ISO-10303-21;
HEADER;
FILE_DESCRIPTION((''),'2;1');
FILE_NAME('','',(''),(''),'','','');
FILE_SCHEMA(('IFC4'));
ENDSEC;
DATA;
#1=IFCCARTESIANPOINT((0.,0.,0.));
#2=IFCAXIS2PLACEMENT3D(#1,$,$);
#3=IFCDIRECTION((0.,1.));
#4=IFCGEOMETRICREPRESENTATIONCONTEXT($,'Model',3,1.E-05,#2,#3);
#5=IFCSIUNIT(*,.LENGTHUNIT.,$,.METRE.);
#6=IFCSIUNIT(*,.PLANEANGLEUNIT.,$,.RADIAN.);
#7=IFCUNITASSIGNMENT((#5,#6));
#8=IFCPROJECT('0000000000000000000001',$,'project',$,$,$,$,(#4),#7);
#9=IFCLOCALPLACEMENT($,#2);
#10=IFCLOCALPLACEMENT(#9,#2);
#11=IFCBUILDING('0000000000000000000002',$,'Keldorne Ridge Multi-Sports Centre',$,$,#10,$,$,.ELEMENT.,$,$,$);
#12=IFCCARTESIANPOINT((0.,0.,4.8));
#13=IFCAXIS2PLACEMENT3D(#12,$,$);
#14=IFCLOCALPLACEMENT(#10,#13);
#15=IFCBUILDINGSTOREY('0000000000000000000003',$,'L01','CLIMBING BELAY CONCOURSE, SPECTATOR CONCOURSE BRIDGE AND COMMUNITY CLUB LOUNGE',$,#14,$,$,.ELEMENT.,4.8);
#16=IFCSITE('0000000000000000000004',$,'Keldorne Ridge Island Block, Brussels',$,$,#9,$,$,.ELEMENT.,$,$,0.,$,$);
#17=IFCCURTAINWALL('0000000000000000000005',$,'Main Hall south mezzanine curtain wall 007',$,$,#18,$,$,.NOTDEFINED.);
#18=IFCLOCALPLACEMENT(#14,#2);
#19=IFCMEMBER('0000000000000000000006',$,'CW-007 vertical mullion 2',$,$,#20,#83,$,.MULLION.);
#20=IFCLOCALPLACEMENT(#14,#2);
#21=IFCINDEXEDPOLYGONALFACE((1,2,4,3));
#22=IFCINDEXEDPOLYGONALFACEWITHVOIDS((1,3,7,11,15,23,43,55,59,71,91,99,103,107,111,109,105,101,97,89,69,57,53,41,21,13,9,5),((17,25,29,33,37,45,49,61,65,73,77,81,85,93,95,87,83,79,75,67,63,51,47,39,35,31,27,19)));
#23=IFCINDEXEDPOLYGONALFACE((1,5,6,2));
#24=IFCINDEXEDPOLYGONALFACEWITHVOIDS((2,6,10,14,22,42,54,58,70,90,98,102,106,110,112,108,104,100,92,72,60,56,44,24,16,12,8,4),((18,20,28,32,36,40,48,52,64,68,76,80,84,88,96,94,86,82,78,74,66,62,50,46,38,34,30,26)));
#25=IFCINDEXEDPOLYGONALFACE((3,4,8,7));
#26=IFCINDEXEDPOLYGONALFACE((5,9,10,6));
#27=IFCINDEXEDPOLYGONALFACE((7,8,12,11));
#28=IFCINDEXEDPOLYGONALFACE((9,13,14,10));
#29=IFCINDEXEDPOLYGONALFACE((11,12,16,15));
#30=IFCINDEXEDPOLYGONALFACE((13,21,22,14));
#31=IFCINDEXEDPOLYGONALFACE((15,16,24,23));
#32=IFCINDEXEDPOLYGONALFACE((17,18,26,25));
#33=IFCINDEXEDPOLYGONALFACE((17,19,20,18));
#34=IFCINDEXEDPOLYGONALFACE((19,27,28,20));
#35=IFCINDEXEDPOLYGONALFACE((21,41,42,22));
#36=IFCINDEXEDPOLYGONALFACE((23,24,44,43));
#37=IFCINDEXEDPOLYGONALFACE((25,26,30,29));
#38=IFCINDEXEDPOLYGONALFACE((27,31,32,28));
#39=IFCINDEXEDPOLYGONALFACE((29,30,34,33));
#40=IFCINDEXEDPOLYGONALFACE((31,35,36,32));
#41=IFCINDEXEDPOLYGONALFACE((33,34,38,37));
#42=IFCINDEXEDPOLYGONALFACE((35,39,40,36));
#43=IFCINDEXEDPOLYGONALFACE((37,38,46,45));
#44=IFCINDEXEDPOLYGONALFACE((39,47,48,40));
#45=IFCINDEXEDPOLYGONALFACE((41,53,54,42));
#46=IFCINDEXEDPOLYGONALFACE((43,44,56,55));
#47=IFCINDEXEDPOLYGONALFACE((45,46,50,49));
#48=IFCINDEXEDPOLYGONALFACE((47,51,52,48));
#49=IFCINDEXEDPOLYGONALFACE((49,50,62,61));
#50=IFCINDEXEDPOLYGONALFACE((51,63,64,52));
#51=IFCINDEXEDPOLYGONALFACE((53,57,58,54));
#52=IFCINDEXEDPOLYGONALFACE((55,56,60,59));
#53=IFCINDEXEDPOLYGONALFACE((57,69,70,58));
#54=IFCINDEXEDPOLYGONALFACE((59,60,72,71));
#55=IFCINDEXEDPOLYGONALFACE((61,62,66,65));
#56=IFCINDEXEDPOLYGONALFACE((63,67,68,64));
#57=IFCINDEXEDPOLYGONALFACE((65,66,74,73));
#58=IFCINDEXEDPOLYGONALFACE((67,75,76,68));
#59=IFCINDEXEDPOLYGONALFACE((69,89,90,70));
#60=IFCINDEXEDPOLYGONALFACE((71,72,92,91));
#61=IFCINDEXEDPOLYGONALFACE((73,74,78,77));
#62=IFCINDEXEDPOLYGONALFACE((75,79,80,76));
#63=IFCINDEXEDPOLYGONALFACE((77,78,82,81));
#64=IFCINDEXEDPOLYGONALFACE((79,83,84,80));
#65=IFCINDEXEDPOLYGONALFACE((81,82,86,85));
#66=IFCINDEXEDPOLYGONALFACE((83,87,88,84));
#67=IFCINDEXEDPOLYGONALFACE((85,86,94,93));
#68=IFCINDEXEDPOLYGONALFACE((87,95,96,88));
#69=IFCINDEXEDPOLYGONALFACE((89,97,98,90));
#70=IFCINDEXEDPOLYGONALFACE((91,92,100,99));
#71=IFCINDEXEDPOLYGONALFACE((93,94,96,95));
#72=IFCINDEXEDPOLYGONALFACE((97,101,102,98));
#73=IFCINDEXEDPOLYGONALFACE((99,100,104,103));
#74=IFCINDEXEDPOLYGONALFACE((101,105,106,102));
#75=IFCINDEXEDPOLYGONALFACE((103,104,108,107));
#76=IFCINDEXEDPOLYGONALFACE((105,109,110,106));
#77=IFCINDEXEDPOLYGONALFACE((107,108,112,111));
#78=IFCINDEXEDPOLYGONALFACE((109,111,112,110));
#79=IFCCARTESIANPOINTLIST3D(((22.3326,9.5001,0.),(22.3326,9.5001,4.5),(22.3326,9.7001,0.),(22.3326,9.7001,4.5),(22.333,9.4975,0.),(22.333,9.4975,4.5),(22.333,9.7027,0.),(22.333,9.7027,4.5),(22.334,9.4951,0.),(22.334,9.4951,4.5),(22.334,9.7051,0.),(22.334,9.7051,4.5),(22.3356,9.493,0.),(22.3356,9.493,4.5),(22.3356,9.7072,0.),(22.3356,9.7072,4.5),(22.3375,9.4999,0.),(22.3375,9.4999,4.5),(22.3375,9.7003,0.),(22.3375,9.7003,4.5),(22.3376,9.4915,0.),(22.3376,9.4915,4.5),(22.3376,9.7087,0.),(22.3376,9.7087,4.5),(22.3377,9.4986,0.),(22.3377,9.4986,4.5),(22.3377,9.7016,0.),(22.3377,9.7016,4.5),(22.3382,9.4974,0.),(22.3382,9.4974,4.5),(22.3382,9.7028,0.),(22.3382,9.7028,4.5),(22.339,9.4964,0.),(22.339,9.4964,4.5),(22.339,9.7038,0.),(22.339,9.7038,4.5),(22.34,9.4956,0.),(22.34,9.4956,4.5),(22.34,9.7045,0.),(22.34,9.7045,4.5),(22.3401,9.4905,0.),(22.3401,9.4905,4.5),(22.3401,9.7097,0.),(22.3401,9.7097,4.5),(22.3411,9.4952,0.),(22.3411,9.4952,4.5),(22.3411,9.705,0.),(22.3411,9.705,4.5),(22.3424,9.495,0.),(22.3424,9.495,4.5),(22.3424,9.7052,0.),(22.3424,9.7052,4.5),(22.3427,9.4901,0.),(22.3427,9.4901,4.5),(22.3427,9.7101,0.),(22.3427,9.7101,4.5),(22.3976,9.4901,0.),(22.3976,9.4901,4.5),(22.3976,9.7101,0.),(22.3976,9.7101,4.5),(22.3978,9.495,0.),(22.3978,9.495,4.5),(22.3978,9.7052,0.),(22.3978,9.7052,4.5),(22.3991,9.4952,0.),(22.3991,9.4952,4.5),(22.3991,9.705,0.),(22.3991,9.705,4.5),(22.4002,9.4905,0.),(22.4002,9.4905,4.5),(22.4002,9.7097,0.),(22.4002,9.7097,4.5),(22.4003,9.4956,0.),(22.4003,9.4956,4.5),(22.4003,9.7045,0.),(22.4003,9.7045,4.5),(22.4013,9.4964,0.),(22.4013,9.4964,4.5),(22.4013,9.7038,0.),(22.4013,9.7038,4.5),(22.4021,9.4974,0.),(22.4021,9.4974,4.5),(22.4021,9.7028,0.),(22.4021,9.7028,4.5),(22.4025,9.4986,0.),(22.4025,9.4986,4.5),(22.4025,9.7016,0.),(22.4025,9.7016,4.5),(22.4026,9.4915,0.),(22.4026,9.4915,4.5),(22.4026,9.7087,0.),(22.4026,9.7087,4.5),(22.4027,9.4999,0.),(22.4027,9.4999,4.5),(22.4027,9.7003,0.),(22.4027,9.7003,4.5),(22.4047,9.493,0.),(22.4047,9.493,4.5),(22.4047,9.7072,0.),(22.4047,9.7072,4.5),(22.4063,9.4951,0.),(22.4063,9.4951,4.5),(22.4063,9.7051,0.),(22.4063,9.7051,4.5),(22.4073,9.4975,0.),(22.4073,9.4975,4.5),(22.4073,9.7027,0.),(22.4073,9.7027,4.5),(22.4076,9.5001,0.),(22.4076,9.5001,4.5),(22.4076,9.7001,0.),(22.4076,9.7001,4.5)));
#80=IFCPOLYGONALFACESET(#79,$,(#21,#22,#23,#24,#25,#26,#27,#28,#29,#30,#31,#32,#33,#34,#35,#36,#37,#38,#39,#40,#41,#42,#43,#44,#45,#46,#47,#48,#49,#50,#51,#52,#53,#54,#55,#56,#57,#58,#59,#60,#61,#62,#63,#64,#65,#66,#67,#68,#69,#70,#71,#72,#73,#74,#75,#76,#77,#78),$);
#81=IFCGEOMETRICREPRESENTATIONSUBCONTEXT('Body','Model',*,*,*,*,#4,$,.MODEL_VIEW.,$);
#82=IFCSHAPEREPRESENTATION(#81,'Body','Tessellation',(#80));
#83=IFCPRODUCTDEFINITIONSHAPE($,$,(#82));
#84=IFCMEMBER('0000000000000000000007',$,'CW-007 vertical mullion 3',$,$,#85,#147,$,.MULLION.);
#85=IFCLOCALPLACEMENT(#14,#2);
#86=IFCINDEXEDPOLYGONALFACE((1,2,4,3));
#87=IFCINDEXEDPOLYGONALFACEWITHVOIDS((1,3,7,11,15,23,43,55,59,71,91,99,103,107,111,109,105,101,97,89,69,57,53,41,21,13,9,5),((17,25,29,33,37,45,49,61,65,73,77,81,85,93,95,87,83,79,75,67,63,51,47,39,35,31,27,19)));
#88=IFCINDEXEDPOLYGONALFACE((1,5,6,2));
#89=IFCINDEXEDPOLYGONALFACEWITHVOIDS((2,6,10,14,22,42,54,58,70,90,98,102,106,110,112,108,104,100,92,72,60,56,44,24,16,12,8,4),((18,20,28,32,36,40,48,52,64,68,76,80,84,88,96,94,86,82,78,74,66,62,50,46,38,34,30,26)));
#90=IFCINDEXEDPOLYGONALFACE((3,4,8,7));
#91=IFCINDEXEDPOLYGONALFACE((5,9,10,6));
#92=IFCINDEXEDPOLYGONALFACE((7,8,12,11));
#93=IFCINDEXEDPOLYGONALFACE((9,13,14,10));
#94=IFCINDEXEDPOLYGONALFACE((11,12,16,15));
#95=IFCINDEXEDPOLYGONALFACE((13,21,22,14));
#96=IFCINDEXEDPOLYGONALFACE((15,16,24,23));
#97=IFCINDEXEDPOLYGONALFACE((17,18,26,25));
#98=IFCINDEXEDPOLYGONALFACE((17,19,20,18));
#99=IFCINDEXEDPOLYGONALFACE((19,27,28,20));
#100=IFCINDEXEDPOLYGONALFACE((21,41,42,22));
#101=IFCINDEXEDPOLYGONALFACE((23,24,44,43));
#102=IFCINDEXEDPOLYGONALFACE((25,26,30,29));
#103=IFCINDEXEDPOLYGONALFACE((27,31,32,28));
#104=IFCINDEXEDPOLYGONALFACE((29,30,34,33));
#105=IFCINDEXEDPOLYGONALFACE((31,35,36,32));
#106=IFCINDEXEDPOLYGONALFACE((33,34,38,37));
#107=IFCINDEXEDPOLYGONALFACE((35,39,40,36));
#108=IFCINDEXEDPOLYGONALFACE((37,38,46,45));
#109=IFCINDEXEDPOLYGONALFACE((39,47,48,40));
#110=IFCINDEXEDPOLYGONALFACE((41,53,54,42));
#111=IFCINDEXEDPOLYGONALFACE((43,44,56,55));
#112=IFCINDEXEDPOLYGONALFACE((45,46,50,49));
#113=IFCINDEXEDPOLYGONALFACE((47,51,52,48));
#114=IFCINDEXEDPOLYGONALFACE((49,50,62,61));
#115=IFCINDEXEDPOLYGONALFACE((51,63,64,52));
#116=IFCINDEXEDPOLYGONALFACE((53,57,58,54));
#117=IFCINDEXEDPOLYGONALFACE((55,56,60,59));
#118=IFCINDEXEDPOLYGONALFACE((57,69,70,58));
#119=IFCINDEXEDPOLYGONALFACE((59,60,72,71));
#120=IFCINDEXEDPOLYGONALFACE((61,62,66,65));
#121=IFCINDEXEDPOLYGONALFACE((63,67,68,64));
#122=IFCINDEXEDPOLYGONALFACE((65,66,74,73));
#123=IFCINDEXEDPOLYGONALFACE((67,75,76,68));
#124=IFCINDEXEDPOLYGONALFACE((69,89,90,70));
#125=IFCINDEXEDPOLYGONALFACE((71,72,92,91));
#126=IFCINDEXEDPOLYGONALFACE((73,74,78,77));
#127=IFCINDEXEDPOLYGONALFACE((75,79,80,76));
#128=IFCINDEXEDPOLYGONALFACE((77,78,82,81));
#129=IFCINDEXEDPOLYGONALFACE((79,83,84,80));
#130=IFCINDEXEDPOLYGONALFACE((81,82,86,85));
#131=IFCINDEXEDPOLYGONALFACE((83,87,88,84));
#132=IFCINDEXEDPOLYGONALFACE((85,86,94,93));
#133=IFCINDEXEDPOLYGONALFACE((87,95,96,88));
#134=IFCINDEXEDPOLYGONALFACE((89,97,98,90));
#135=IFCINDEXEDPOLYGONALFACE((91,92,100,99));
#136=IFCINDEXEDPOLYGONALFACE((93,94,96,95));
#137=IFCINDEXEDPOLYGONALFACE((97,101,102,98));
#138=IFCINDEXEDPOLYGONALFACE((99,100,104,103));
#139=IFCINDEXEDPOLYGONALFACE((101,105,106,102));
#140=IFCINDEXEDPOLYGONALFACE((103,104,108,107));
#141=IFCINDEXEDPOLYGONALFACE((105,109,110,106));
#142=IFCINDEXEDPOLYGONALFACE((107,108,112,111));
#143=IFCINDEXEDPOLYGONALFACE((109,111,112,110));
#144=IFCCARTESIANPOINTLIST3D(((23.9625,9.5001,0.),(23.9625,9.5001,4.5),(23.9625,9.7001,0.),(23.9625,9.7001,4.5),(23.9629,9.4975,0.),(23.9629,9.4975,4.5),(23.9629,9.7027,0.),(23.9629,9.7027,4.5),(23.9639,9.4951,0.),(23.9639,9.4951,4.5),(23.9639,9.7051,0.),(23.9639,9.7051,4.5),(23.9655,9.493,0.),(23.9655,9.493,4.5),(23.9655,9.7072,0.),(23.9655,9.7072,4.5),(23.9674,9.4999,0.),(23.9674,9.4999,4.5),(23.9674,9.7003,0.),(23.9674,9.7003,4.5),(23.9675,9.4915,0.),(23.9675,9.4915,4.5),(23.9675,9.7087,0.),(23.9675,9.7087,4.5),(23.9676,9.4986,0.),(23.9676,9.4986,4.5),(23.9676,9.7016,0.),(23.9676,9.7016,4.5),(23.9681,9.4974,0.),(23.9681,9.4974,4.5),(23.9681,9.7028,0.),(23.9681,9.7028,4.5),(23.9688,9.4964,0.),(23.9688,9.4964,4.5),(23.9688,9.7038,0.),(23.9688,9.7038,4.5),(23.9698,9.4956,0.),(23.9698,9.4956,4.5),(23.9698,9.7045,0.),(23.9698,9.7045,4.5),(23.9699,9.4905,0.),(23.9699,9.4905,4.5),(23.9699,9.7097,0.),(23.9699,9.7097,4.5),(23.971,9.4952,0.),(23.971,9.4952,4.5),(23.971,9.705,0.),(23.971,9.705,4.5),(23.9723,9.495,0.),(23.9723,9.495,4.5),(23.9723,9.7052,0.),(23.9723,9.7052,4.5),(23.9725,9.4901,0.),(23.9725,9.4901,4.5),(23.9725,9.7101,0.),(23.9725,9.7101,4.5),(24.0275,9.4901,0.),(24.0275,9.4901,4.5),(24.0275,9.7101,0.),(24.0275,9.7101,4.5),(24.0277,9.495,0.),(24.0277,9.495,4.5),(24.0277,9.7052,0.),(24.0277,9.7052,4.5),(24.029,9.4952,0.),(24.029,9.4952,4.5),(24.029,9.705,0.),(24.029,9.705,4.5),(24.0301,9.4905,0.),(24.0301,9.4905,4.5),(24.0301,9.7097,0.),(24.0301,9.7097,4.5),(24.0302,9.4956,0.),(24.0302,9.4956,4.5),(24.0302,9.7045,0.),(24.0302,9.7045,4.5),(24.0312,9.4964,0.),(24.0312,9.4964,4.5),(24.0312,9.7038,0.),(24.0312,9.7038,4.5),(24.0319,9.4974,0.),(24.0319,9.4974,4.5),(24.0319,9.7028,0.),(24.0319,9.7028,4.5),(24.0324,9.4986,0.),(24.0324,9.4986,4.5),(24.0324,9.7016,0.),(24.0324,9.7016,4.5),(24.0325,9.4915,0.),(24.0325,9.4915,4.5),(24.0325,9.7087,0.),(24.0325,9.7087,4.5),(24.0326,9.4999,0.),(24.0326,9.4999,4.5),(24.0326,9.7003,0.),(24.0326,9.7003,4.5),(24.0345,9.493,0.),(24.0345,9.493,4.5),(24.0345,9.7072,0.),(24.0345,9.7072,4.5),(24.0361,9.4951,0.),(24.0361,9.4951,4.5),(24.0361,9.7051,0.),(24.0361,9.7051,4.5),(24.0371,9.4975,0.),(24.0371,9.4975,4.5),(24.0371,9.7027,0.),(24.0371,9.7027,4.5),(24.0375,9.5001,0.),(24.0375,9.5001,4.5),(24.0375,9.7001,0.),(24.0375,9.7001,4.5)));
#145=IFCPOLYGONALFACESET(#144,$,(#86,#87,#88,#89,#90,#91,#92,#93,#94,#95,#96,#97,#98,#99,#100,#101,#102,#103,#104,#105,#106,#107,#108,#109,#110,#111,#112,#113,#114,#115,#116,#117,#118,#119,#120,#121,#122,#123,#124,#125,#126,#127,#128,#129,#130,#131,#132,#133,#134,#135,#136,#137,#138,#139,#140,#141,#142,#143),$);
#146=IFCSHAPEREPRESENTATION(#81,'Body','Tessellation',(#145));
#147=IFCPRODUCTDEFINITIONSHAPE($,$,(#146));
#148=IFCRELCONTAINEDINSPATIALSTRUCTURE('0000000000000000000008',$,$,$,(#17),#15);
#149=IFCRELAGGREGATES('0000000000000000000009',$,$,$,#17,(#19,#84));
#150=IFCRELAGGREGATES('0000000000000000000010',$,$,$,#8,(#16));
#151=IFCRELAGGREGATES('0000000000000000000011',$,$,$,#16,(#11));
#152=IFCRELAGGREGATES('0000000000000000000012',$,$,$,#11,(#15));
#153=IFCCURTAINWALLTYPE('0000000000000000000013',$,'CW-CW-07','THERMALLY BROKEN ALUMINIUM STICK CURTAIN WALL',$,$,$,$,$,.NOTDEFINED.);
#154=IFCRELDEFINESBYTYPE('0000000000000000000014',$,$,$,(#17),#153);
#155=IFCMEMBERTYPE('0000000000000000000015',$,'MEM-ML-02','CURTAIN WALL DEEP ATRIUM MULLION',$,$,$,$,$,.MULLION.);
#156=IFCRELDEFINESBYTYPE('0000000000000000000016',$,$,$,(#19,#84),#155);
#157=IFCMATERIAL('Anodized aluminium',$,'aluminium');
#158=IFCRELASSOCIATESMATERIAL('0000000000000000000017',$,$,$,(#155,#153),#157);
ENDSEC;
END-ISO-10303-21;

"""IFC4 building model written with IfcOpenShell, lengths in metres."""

from ifc_helpers import new_model, si_unit, direction, frame, origin, origin_2d, place, context, subcontext, project, spatial, hollow_rectangle, extrude, material, material_profile, profile_set, type_object, element, aggregate, save


model = new_model("IFC4")

# Units and contexts
model_context = context("Model", 3, precision=1e-05, world=origin(), true_north=direction((0.0, 1.0)))
body_context = subcontext(model_context, "Body", "Model", "MODEL_VIEW")
ifc_project = project(units=[si_unit("LENGTHUNIT", "METRE"), si_unit("PLANEANGLEUNIT", "RADIAN")], contexts=[model_context])

# Site, building, storey
site_placement = place(None, origin())
site = spatial("IfcSite", under=ifc_project, at=site_placement, Name="Keldorne Ridge Island Block, Brussels", CompositionType="ELEMENT", RefElevation=0.0)
building_placement = place(site_placement, origin())
building = spatial("IfcBuilding", under=site, at=building_placement, Name="Keldorne Ridge Multi-Sports Centre", CompositionType="ELEMENT")
storey_placement = place(building_placement, frame((0.0, 0.0, 4.8)))
storey = spatial("IfcBuildingStorey", under=building, at=storey_placement, Name="L01", Description="CLIMBING BELAY CONCOURSE, SPECTATOR CONCOURSE BRIDGE AND COMMUNITY CLUB LOUNGE", CompositionType="ELEMENT", Elevation=4.8)

# Curtain wall, members
ifc_material_1 = material(Name="Anodized aluminium", Category="aluminium")
ifc_material_profile_1 = material_profile(ifc_material_1, hollow_rectangle(XDim=0.075, YDim=0.22, WallThickness=0.0049, InnerFilletRadius=0.0049, OuterFilletRadius=0.01, at=origin_2d()), Name="ALU MULLION 220x75x5")
ifc_profile_set_1 = profile_set([ifc_material_profile_1], Name="Anodized aluminium")
member_type_1 = type_object("IfcMemberType", Name="MEM-ML-02", Description="CURTAIN WALL DEEP ATRIUM MULLION", PredefinedType="MULLION", material=ifc_profile_set_1)
curtain_wall_type_1 = type_object("IfcCurtainWallType", Name="CW-CW-07", Description="THERMALLY BROKEN ALUMINIUM STICK CURTAIN WALL", PredefinedType="NOTDEFINED", material=ifc_material_1)
curtain_wall_1_placement = place(storey_placement, origin())
curtain_wall_1 = element("IfcCurtainWall", 1, at=curtain_wall_1_placement, inside=storey, type_object=curtain_wall_type_1, Name="Main Hall south mezzanine curtain wall 007", PredefinedType="NOTDEFINED")
member_1_placement = place(storey_placement, frame((22.3701, 9.6001, 0.0), z_axis=(0.0, 0.0, 1.0), x_axis=(1.0, 0.0, 0.0)))
member_1 = element("IfcMember", 2, at=member_1_placement, type_object=member_type_1, Name="CW-007 vertical mullion 2", PredefinedType="MULLION", context=body_context, shape_type="SweptSolid", body=[
    extrude(hollow_rectangle(XDim=0.075, YDim=0.22, WallThickness=0.0049, InnerFilletRadius=0.0049, OuterFilletRadius=0.01, at=origin_2d()), origin(), (0.0, 0.0, 1.0), 4.5),
])
member_2_placement = place(storey_placement, frame((24.0, 9.6001, 0.0), z_axis=(0.0, 0.0, 1.0), x_axis=(1.0, 0.0, 0.0)))
member_2 = element("IfcMember", 3, at=member_2_placement, type_object=member_type_1, Name="CW-007 vertical mullion 3", PredefinedType="MULLION", context=body_context, shape_type="SweptSolid", body=[
    extrude(hollow_rectangle(XDim=0.075, YDim=0.22, WallThickness=0.0049, InnerFilletRadius=0.0049, OuterFilletRadius=0.01, at=origin_2d()), origin(), (0.0, 0.0, 1.0), 4.5),
])

aggregate(curtain_wall_1, [member_1, member_2])

save(model, "model.ifc")
